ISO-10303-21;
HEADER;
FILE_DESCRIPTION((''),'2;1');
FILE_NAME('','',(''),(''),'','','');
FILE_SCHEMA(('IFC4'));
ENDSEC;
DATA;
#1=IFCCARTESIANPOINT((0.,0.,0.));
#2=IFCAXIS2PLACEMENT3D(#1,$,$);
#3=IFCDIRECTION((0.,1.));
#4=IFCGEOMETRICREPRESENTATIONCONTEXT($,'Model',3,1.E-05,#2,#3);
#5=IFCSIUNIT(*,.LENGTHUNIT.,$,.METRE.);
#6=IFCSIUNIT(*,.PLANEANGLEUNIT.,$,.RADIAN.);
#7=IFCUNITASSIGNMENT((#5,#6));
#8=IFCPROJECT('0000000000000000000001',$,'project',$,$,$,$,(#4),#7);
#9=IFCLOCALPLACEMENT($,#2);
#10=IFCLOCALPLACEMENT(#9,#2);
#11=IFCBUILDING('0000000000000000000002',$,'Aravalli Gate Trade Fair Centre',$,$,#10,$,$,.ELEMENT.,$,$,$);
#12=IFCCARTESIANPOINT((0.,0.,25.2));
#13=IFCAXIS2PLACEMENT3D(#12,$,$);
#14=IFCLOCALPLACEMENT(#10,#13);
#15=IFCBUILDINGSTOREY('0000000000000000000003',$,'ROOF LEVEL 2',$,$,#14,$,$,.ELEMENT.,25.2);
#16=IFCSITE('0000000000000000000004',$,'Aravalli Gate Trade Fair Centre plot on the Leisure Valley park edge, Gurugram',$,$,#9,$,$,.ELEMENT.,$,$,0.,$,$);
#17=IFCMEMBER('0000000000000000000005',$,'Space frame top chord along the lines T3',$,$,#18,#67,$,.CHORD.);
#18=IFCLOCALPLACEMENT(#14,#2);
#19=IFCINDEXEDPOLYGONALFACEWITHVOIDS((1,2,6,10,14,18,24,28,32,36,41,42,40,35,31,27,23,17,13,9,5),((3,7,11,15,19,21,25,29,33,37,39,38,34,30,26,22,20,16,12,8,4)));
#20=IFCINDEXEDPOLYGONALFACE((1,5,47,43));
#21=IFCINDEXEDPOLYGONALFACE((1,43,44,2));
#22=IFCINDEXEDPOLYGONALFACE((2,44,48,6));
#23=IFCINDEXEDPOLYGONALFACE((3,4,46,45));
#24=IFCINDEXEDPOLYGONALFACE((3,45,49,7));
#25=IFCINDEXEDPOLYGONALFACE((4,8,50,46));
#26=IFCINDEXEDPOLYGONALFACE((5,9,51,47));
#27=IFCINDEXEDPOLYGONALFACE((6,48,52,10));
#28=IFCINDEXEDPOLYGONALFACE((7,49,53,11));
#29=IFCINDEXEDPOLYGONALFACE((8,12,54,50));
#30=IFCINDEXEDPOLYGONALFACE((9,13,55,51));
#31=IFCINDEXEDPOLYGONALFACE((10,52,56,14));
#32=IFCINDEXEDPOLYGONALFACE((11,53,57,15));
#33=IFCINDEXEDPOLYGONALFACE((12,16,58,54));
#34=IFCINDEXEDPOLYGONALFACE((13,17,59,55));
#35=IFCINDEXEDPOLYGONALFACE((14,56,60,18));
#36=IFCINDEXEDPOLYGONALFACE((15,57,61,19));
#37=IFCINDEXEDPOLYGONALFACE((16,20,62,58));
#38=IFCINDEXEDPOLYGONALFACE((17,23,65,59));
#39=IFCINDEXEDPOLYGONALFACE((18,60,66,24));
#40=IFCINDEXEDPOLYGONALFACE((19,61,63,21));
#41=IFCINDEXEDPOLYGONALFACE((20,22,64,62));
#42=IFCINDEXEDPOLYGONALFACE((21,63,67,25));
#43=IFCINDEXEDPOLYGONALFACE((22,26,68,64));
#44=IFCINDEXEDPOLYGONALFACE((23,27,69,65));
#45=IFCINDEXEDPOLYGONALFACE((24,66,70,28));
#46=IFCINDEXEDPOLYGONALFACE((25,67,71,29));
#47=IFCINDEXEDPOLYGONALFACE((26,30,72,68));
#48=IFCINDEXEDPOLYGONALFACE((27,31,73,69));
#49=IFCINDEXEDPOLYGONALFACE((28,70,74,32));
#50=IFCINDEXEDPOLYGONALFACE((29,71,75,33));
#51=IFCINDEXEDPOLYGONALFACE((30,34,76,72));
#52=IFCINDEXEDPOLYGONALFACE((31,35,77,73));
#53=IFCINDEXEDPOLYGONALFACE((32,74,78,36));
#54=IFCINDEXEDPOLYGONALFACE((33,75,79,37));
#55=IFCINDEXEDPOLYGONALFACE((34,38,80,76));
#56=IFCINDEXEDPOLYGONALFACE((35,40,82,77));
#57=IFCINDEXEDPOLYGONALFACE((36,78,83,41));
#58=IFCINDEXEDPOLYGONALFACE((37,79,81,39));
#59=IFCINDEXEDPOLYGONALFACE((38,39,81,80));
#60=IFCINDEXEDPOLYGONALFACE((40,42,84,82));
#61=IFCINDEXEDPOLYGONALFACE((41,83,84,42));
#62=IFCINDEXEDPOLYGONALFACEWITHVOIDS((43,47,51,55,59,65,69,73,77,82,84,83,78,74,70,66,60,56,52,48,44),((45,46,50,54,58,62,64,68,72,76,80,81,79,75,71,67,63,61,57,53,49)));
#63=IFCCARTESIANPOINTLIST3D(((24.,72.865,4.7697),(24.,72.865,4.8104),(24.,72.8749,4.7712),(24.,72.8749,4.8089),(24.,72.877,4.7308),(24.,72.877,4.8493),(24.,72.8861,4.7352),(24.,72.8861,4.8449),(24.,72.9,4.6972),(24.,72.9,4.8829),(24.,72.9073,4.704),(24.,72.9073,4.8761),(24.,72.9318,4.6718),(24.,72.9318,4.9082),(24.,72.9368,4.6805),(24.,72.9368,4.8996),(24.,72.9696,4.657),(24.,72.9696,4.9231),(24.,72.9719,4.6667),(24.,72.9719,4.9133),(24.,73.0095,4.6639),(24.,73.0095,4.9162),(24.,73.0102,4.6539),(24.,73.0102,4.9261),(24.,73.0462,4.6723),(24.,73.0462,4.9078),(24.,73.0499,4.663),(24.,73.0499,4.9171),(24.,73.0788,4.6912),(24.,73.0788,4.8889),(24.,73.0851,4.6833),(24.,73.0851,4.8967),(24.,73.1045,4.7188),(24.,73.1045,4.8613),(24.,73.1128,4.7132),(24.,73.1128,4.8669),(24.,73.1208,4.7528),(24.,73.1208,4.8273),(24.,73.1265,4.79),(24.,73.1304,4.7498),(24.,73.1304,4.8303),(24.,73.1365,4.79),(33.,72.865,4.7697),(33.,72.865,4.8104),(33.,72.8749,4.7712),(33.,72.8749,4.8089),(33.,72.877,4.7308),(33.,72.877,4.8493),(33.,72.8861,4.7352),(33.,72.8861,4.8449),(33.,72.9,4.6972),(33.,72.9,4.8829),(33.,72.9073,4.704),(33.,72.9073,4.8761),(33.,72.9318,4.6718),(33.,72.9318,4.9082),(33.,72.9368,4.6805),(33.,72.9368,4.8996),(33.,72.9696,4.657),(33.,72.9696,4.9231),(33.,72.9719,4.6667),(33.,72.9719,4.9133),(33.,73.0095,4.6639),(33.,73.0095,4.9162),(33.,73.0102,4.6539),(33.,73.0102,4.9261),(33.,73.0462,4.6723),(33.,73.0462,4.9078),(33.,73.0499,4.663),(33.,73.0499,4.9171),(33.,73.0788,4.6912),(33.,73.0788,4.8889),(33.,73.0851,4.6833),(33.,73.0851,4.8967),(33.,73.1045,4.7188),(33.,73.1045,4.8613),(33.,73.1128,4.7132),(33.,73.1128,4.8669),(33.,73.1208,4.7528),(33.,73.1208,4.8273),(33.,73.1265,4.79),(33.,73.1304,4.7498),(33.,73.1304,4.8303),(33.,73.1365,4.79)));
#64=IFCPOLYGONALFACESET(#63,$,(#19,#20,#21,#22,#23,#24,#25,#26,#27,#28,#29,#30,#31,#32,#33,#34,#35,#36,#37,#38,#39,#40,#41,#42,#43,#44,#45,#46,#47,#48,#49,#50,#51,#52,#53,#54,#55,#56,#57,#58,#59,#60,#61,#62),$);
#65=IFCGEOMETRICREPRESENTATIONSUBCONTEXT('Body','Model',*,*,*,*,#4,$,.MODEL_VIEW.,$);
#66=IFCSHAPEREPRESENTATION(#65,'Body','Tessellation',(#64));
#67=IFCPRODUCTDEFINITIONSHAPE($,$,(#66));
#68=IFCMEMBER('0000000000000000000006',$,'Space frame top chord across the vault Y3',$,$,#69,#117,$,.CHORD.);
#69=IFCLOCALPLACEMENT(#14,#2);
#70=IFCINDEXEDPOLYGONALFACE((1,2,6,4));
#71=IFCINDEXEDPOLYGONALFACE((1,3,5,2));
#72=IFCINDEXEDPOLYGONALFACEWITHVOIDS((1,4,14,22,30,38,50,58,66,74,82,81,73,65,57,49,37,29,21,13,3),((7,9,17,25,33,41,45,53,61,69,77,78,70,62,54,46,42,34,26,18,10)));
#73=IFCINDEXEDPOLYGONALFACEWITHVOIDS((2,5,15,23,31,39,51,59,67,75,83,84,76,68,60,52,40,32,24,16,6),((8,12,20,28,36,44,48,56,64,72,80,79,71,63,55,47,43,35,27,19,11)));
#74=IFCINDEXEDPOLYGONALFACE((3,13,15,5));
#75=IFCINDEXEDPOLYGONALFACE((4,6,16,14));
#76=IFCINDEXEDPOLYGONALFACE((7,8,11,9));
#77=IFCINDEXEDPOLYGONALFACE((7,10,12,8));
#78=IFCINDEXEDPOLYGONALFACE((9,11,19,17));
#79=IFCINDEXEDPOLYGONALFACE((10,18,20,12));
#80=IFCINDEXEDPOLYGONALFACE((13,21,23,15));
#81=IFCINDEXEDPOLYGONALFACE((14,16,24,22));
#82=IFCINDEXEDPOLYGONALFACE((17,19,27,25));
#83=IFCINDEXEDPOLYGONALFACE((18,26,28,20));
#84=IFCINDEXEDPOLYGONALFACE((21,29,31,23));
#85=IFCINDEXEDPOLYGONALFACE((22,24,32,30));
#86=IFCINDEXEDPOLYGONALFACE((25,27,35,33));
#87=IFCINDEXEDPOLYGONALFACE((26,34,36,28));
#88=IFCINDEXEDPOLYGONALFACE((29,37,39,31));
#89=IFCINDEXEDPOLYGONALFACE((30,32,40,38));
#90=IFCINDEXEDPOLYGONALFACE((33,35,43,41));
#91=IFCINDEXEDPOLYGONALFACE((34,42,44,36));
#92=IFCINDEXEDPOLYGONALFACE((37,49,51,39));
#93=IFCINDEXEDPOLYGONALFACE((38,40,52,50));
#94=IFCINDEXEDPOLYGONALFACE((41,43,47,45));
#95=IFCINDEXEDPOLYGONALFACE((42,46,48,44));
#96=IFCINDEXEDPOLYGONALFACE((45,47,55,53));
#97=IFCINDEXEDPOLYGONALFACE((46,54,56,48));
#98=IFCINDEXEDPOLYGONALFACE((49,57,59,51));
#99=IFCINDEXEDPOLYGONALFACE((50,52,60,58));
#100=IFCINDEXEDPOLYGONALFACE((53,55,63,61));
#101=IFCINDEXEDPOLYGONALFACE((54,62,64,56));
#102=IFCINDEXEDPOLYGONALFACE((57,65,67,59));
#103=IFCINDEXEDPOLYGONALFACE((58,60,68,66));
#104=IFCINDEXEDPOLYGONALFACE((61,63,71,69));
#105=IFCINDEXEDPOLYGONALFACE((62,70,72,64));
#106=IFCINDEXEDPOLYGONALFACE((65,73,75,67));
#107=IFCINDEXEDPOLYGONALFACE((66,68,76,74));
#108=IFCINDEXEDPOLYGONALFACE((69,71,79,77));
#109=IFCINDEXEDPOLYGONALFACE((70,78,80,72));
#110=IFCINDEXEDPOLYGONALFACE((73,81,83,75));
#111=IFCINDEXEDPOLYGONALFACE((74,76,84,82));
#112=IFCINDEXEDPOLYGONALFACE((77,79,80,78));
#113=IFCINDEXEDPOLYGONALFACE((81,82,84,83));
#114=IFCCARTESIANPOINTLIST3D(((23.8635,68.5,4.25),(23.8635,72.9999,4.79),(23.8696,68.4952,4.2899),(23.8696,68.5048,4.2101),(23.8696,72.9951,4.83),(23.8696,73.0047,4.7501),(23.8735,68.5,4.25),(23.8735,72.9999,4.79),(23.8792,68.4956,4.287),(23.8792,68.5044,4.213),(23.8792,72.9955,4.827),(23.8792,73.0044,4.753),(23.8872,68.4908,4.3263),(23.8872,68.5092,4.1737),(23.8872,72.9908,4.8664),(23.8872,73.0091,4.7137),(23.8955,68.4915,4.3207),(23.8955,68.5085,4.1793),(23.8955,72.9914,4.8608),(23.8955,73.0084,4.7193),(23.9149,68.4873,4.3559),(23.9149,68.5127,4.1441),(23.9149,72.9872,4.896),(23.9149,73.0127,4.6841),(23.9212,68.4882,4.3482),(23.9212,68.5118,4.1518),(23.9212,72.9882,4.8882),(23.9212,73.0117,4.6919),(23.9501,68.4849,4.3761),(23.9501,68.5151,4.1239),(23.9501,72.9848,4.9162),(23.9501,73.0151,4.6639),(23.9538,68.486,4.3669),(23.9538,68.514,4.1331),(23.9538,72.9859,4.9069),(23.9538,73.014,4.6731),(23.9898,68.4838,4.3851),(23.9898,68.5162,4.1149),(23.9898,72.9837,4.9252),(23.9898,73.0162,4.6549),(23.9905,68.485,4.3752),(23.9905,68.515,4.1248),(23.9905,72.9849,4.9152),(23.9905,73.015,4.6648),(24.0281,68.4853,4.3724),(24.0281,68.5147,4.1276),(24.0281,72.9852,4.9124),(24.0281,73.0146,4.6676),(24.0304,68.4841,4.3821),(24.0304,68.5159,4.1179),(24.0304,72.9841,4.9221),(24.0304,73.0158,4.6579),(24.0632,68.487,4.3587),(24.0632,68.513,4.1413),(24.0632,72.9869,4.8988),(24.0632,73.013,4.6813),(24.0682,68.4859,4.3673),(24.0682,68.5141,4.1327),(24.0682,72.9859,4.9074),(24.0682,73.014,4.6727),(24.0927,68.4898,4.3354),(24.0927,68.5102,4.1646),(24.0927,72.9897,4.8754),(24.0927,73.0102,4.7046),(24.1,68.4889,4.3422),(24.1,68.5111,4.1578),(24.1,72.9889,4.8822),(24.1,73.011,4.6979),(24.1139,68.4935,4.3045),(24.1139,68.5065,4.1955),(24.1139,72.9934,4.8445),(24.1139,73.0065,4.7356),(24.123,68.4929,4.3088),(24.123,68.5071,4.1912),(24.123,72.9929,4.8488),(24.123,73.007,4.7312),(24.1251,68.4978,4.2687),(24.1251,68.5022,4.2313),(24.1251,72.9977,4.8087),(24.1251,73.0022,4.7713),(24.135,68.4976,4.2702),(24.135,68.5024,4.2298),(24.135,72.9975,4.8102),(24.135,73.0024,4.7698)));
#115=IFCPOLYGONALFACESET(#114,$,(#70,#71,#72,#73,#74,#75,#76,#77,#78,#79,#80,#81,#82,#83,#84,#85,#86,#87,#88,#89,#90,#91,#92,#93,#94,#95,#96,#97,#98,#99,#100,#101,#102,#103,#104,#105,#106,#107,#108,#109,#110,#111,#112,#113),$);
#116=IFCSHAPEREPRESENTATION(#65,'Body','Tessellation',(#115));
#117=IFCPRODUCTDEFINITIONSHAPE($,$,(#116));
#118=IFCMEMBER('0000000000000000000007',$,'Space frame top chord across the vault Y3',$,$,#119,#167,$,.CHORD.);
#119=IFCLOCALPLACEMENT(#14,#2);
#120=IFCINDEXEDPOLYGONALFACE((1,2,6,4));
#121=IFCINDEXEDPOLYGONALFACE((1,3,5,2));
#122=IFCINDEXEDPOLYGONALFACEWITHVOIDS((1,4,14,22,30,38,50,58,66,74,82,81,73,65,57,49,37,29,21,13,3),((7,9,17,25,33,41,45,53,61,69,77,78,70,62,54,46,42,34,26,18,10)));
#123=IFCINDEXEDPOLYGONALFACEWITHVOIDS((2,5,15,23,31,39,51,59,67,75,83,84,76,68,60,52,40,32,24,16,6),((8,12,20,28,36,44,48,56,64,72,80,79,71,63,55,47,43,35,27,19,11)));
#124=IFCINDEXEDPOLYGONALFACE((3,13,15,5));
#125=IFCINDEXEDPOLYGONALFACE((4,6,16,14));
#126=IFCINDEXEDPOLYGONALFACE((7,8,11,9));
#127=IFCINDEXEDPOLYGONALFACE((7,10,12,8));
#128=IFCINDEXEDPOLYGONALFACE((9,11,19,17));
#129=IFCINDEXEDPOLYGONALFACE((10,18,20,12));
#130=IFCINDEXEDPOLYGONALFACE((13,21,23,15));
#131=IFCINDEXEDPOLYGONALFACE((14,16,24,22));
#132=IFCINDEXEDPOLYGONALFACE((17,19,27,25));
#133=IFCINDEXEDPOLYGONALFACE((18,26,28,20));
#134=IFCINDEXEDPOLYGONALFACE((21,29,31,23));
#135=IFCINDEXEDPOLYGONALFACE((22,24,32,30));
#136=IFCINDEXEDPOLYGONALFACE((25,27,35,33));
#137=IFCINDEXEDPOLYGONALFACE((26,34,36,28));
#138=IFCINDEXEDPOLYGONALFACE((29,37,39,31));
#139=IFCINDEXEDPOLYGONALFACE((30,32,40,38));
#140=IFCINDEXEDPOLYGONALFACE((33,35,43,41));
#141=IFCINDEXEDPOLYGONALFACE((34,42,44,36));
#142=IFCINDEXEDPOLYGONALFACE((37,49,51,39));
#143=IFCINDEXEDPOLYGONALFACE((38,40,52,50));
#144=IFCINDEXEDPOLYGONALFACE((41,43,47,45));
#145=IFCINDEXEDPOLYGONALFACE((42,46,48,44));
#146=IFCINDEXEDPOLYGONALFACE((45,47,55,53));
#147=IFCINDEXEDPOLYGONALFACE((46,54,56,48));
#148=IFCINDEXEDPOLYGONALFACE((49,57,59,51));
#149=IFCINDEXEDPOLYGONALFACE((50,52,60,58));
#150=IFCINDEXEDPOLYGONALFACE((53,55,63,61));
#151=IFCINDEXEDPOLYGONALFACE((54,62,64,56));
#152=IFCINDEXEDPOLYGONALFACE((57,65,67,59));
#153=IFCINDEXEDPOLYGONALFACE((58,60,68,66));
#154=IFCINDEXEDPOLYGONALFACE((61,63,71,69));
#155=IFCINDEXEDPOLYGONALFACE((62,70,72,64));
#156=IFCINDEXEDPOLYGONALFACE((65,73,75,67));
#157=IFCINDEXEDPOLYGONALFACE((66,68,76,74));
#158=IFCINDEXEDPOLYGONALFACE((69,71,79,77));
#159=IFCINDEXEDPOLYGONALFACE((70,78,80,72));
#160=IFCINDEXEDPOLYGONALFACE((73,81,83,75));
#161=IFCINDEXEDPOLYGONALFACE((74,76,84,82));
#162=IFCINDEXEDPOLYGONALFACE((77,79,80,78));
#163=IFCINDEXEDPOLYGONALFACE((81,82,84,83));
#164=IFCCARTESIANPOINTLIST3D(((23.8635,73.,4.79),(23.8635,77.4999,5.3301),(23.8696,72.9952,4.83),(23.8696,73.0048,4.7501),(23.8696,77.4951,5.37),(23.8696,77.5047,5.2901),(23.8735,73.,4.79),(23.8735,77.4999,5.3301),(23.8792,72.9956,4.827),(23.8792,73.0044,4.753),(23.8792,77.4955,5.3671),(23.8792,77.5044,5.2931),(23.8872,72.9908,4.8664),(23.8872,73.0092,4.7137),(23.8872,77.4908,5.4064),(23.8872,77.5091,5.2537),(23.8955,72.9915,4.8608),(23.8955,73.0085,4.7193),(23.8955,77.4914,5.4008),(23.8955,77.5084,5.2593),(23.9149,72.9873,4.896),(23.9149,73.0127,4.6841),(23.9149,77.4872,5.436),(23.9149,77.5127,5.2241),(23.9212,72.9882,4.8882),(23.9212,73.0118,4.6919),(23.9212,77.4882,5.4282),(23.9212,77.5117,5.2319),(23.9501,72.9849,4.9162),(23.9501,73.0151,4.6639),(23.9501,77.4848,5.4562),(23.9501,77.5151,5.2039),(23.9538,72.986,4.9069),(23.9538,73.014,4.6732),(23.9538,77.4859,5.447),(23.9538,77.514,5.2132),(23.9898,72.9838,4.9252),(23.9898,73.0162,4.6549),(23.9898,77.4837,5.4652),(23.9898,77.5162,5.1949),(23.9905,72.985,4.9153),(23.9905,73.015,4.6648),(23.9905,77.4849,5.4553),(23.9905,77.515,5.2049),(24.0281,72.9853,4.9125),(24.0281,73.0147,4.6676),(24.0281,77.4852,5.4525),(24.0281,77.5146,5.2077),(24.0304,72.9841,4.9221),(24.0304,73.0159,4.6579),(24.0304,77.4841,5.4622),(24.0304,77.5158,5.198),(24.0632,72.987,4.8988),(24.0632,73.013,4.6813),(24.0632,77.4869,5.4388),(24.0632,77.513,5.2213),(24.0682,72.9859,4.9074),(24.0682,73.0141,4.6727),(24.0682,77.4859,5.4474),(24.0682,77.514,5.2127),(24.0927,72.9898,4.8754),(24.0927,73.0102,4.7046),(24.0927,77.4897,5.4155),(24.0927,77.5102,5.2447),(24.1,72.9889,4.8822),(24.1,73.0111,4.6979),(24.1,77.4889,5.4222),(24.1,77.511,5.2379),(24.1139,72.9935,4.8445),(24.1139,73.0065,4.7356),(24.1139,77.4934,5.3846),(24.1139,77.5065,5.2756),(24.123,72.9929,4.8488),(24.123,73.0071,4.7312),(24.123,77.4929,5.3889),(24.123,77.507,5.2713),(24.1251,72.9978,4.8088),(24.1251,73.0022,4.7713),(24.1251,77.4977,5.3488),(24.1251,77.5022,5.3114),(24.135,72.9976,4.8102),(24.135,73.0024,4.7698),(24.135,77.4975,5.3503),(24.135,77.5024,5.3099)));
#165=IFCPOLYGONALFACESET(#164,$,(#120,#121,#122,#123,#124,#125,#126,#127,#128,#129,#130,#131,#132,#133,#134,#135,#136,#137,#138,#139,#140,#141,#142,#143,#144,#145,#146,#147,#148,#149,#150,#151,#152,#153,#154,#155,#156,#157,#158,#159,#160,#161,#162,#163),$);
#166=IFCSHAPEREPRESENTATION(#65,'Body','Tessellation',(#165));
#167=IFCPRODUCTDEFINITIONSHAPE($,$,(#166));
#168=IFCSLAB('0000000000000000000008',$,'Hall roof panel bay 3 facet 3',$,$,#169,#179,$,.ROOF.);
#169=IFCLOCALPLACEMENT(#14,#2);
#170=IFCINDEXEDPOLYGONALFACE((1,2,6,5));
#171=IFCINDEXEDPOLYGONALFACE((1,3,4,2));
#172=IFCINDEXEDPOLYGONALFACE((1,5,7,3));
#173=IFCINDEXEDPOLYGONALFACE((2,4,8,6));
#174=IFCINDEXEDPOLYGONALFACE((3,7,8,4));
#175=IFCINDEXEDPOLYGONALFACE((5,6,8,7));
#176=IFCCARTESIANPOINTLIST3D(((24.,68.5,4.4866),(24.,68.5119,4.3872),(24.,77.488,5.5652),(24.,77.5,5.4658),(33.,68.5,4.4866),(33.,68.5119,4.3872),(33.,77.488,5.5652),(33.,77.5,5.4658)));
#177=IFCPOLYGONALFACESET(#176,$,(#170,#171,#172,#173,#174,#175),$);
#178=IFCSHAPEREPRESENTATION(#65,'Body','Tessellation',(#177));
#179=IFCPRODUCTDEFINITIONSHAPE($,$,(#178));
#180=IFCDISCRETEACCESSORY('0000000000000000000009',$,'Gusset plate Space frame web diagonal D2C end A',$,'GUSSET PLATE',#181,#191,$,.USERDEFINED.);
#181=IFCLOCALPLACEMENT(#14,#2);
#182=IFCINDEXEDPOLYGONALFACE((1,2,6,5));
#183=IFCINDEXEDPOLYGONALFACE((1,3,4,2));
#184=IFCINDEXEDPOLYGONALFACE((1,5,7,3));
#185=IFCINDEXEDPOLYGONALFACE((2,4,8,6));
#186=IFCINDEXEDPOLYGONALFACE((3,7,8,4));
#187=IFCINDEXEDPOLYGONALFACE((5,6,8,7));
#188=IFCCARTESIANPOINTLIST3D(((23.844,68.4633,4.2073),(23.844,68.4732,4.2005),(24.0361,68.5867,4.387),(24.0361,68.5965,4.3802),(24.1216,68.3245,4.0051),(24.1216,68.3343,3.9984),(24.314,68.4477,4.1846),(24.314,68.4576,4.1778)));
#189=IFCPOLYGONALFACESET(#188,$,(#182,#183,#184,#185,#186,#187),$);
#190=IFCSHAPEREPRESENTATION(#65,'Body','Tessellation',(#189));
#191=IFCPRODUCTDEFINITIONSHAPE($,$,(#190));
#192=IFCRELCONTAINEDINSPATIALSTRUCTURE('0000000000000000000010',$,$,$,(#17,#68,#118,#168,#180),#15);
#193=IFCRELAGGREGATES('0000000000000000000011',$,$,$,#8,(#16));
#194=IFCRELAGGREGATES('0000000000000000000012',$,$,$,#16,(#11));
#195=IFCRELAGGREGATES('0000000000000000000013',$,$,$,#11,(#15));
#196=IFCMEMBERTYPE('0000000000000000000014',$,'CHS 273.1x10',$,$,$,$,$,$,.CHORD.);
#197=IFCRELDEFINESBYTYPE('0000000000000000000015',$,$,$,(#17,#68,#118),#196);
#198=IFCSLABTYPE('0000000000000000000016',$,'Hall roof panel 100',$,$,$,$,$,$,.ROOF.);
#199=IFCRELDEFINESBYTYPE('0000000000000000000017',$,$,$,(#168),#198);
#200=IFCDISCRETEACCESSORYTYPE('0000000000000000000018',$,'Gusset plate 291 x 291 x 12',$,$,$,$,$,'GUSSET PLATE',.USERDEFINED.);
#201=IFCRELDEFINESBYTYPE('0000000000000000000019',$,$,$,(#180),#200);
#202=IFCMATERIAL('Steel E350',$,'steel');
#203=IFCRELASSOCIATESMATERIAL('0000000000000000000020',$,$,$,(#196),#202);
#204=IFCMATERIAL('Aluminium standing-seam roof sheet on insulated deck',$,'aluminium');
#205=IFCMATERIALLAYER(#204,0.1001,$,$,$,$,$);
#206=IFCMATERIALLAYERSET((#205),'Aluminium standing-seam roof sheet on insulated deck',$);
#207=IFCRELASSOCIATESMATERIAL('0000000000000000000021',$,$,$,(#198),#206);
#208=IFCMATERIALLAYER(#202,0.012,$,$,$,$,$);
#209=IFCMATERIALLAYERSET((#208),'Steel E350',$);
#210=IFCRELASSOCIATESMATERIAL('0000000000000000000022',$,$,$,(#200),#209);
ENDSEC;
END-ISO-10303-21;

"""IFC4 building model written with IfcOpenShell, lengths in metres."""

from ifc_helpers import new_model, si_unit, direction, frame, origin, origin_2d, place, context, subcontext, project, spatial, polyline, hollow_circle, outline, extrude, material, layer, layer_set, material_profile, profile_set, type_object, element, save


model = new_model("IFC4")

# Units and contexts
model_context = context("Model", 3, precision=1e-05, world=origin(), true_north=direction((0.0, 1.0)))
body_context = subcontext(model_context, "Body", "Model", "MODEL_VIEW")
ifc_project = project(units=[si_unit("LENGTHUNIT", "METRE"), si_unit("PLANEANGLEUNIT", "RADIAN")], contexts=[model_context])

# Site, building, storey
site_placement = place(None, origin())
site = spatial("IfcSite", under=ifc_project, at=site_placement, Name="Aravalli Gate Trade Fair Centre plot on the Leisure Valley park edge, Gurugram", CompositionType="ELEMENT", RefElevation=0.0)
building_placement = place(site_placement, origin())
building = spatial("IfcBuilding", under=site, at=building_placement, Name="Aravalli Gate Trade Fair Centre", CompositionType="ELEMENT")
storey_placement = place(building_placement, frame((0.0, 0.0, 25.2)))
storey = spatial("IfcBuildingStorey", under=building, at=storey_placement, Name="ROOF LEVEL 2", CompositionType="ELEMENT", Elevation=25.2)

# Members
ifc_material_1 = material(Name="Steel E350", Category="steel")
ifc_material_profile_1 = material_profile(ifc_material_1, hollow_circle(Radius=0.1365, WallThickness=0.01, at=origin_2d()), Name="CHS 273.1x10")
ifc_profile_set_1 = profile_set([ifc_material_profile_1], Name="Steel E350")
member_type_1 = type_object("IfcMemberType", Name="CHS 273.1x10", PredefinedType="CHORD", material=ifc_profile_set_1)
for number, where, z_axis, x_axis, name in (
    (1, (24.0, 73.0, 4.79), (1.0, 0.0, 0.0), (0.0, 1.0, 0.0), "Space frame top chord along the lines T3"),
):
    element("IfcMember", number, at=place(storey_placement, frame(where, z_axis=z_axis, x_axis=x_axis)), inside=storey, type_object=member_type_1, Name=name, PredefinedType="CHORD", context=body_context, shape_type="SweptSolid", body=[
        extrude(hollow_circle(Radius=0.1365, WallThickness=0.01, at=origin_2d()), origin(), (0.0, 0.0, 1.0), 9.0),
    ])
for number, where, z_axis, x_axis, name in (
    (2, (24.0, 68.5, 4.25), (0.0, 0.992876, 0.119154), (-1.0, 0.0, 0.0), "Space frame top chord across the vault Y3"),
    (3, (24.0, 73.0, 4.79), (0.0, 0.992876, 0.119154), (-1.0, 0.0, 0.0), "Space frame top chord across the vault Y3"),
):
    element("IfcMember", number, at=place(storey_placement, frame(where, z_axis=z_axis, x_axis=x_axis)), inside=storey, type_object=member_type_1, Name=name, PredefinedType="CHORD", context=body_context, shape_type="SweptSolid", body=[
        extrude(hollow_circle(Radius=0.1365, WallThickness=0.01, at=origin_2d()), origin(), (0.0, 0.0, 1.0), 4.5322),
    ])

# Slab
ifc_material_2 = material(Name="Aluminium standing-seam roof sheet on insulated deck", Category="aluminium")
ifc_layer_1 = layer(ifc_material_2, 0.1001)
ifc_layer_set_1 = layer_set([ifc_layer_1], Name="Aluminium standing-seam roof sheet on insulated deck")
slab_type = type_object("IfcSlabType", Name="Hall roof panel 100", PredefinedType="ROOF", material=ifc_layer_set_1)
slab_placement = place(storey_placement, frame((24.0, 68.5, 4.4866), z_axis=(0.0, -0.119151, 0.992876), x_axis=(1.0, 0.0, 0.0)))
element("IfcSlab", 4, at=slab_placement, inside=storey, type_object=slab_type, Name="Hall roof panel bay 3 facet 3", PredefinedType="ROOF", context=body_context, shape_type="SweptSolid", body=[
    extrude(outline(polyline([(0.0, 0.0), (9.0, 0.0), (9.0, 9.0525), (0.0, 9.0525), (0.0, 0.0)])), origin(), (0.0, 0.0, -1.0), 0.1001),
])

# Discrete accessory
ifc_layer_2 = layer(ifc_material_1, 0.012)
ifc_layer_set_2 = layer_set([ifc_layer_2], Name="Steel E350")
discrete_accessory_type = type_object("IfcDiscreteAccessoryType", Name="Gusset plate 291 x 291 x 12", ElementType="GUSSET PLATE", PredefinedType="USERDEFINED", material=ifc_layer_set_2)
discrete_accessory_1_placement = place(storey_placement, frame((24.1216, 68.3245, 4.0051), z_axis=(-0.000059, -0.824356, 0.566072), x_axis=(-0.749371, 0.374861, 0.545822)))
element("IfcDiscreteAccessory", 5, at=discrete_accessory_1_placement, inside=storey, type_object=discrete_accessory_type, Name="Gusset plate Space frame web diagonal D2C end A", ObjectType="GUSSET PLATE", PredefinedType="USERDEFINED", context=body_context, shape_type="SweptSolid", body=[
    extrude(outline(polyline([(0.0, 0.0), (0.3704, 0.0), (0.3707, -0.2905), (0.0, -0.2905), (0.0, 0.0)])), origin(), (0.0, 0.0, -1.0), 0.012),
])

save(model, "model.ifc")
